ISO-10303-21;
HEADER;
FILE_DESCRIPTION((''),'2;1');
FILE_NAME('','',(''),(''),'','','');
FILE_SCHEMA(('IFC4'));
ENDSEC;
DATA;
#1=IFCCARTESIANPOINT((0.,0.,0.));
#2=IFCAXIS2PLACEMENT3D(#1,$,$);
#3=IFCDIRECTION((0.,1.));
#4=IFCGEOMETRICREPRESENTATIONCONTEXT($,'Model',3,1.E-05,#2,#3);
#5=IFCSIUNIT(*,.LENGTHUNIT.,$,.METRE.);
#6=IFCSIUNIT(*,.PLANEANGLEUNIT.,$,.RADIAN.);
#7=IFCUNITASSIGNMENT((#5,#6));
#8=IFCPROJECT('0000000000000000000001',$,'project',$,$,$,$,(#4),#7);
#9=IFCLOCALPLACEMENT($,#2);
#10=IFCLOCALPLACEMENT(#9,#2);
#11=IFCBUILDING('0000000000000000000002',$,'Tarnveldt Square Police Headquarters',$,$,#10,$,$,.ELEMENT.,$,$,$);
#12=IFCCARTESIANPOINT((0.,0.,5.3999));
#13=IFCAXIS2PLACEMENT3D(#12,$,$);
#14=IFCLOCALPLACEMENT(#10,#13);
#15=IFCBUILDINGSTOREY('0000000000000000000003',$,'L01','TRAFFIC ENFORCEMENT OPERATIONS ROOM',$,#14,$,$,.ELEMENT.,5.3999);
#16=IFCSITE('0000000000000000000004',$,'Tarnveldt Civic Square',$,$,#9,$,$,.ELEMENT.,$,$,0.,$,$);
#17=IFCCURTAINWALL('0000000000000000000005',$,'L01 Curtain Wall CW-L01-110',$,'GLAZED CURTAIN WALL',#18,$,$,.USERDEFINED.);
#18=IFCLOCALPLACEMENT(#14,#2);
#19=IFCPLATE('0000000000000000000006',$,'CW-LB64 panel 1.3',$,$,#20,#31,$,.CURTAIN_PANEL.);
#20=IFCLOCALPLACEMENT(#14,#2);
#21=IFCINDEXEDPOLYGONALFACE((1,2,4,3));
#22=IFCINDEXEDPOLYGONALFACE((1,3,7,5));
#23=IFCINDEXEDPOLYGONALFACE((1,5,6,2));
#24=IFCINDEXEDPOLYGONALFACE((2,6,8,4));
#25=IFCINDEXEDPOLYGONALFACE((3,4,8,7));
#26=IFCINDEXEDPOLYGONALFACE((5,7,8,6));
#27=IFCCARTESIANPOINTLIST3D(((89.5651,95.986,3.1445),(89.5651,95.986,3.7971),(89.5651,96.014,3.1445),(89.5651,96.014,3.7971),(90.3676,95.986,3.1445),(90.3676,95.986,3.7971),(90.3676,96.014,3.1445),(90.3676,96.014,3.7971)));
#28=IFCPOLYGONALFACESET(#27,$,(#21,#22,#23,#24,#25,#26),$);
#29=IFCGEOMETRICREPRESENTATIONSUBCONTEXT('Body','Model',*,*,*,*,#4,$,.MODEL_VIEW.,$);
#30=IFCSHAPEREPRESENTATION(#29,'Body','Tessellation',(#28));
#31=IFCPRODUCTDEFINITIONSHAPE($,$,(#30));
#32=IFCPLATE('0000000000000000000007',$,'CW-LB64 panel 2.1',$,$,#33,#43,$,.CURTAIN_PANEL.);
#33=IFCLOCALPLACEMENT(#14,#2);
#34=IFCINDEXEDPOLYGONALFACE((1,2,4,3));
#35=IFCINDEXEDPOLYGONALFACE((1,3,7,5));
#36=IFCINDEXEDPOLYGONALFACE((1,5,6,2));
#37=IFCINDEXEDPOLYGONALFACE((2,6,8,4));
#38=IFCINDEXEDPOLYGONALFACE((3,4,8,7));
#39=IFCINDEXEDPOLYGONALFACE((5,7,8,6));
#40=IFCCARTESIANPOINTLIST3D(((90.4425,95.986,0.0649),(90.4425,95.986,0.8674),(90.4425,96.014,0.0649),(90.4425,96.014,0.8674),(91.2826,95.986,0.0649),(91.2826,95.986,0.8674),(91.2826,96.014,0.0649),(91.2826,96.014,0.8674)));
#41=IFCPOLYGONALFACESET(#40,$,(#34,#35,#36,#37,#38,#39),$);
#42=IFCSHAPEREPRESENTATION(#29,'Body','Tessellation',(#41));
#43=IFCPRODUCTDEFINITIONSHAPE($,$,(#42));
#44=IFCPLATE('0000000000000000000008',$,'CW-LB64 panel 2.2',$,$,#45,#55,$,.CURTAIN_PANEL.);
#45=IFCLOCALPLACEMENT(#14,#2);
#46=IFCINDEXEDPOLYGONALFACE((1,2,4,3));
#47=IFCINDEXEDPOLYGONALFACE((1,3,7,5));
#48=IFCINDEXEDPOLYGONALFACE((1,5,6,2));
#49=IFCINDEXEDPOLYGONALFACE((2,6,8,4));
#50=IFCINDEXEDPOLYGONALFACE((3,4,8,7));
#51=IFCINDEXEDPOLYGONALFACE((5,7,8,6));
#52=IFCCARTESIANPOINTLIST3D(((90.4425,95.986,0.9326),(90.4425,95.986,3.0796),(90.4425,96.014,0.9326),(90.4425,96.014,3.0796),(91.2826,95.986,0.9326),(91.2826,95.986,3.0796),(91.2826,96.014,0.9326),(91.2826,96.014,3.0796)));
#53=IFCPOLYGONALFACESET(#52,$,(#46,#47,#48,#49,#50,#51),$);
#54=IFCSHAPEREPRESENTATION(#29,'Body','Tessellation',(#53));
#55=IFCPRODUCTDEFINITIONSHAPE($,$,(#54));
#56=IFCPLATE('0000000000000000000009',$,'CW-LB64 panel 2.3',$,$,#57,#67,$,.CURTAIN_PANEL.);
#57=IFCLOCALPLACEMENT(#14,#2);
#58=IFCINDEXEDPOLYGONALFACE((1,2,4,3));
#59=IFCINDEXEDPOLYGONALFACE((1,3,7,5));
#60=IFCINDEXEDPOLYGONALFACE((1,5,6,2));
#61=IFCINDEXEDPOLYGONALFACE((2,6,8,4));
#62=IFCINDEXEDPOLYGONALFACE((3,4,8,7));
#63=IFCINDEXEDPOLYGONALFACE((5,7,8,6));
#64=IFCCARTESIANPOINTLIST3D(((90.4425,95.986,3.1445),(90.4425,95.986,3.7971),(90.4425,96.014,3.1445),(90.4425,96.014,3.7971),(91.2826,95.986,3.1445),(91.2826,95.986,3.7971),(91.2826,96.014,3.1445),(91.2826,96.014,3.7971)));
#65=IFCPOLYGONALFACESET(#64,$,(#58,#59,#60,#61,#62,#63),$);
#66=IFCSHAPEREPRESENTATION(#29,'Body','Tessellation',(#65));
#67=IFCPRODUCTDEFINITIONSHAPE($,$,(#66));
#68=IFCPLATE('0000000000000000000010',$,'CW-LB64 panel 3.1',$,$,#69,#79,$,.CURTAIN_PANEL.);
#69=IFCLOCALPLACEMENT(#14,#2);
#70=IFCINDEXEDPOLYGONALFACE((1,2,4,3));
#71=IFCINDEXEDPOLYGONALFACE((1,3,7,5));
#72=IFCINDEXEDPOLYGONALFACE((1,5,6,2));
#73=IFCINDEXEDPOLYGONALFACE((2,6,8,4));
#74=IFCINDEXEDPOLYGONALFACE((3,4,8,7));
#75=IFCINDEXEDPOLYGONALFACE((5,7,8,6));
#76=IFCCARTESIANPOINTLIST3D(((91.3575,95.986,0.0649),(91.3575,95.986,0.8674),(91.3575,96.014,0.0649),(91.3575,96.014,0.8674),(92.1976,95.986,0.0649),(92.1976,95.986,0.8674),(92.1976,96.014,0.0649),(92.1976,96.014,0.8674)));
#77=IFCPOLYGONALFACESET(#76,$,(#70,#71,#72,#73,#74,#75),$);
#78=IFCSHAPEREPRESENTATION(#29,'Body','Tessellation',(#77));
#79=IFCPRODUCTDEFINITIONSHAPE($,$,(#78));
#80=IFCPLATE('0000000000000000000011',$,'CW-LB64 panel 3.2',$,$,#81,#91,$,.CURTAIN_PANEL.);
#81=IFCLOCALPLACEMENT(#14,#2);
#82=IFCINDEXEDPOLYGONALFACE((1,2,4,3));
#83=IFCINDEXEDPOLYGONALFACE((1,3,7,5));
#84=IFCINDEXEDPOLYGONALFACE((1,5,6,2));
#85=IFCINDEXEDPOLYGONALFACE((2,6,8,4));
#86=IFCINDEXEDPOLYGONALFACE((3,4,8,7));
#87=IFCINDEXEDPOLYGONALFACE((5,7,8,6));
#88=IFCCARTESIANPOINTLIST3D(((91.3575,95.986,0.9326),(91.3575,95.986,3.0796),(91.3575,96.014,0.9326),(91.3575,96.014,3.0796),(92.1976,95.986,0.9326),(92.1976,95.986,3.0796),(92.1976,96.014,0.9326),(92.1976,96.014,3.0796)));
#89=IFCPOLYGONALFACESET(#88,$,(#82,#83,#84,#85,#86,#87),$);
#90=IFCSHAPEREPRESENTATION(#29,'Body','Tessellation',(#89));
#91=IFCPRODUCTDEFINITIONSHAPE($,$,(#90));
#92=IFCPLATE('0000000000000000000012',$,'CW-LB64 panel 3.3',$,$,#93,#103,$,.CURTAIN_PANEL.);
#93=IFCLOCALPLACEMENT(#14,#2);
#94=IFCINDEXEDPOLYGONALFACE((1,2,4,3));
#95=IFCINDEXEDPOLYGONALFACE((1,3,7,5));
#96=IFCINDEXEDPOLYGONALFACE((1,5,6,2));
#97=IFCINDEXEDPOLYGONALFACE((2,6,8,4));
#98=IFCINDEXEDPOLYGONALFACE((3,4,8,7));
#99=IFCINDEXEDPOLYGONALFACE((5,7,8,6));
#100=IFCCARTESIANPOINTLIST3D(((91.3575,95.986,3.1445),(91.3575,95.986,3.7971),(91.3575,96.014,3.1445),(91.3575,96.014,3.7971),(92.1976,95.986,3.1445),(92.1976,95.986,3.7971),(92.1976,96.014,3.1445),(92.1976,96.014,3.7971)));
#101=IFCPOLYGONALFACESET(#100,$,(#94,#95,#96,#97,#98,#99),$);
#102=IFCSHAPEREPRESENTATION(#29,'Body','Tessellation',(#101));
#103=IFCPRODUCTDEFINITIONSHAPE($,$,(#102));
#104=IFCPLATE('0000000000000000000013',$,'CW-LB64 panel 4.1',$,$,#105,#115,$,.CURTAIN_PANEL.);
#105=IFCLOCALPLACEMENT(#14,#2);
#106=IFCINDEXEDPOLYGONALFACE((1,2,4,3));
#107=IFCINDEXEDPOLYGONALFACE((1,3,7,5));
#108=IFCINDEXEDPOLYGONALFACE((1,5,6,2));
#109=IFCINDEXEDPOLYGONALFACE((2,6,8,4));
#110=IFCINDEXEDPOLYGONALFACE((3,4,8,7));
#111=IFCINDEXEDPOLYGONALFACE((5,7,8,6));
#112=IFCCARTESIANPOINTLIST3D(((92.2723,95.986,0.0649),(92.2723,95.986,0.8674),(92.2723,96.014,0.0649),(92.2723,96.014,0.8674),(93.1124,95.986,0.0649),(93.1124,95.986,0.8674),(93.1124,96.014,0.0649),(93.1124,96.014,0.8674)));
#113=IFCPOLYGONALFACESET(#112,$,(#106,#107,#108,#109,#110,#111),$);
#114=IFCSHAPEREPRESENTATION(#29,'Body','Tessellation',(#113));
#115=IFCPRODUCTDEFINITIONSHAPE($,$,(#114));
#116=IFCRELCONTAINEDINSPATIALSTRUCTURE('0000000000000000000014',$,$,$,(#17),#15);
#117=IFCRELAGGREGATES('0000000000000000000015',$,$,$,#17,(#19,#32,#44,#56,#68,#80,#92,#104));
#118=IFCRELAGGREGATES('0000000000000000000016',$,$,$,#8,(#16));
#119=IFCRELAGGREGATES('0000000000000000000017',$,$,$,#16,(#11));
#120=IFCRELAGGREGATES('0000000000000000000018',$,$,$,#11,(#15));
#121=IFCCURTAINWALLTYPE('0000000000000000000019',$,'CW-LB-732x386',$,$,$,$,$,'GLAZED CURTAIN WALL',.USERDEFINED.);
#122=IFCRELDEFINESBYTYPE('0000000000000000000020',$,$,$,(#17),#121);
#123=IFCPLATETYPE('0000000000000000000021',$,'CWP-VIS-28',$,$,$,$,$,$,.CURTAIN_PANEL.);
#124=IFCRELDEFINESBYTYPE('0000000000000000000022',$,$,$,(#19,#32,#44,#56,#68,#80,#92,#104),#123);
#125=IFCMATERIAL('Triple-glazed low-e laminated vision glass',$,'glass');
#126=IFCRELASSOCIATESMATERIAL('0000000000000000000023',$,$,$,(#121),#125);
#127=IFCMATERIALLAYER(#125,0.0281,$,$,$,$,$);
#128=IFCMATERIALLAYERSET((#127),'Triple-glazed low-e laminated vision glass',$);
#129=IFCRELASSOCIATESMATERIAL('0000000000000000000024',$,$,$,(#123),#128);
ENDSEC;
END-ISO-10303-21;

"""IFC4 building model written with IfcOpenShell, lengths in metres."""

from ifc_helpers import new_model, si_unit, direction, frame, origin, origin_2d, place, context, subcontext, project, spatial, rectangle, extrude, material, layer, layer_set, type_object, element, aggregate, save


model = new_model("IFC4")

# Units and contexts
model_context = context("Model", 3, precision=1e-05, world=origin(), true_north=direction((0.0, 1.0)))
body_context = subcontext(model_context, "Body", "Model", "MODEL_VIEW")
ifc_project = project(units=[si_unit("LENGTHUNIT", "METRE"), si_unit("PLANEANGLEUNIT", "RADIAN")], contexts=[model_context])

# Site, building, storey
site_placement = place(None, origin())
site = spatial("IfcSite", under=ifc_project, at=site_placement, Name="Tarnveldt Civic Square", CompositionType="ELEMENT", RefElevation=0.0)
building_placement = place(site_placement, origin())
building = spatial("IfcBuilding", under=site, at=building_placement, Name="Tarnveldt Square Police Headquarters", CompositionType="ELEMENT")
storey_placement = place(building_placement, frame((0.0, 0.0, 5.3999)))
storey = spatial("IfcBuildingStorey", under=building, at=storey_placement, Name="L01", Description="TRAFFIC ENFORCEMENT OPERATIONS ROOM", CompositionType="ELEMENT", Elevation=5.3999)

# Shared definitions
ifc_material_1 = material(Name="Triple-glazed low-e laminated vision glass", Category="glass")

# Curtain wall
curtain_wall_type_1 = type_object("IfcCurtainWallType", Name="CW-LB-732x386", ElementType="GLAZED CURTAIN WALL", PredefinedType="USERDEFINED", material=ifc_material_1)
curtain_wall_1_placement = place(storey_placement, origin())
curtain_wall_1 = element("IfcCurtainWall", 1, at=curtain_wall_1_placement, inside=storey, type_object=curtain_wall_type_1, Name="L01 Curtain Wall CW-L01-110", ObjectType="GLAZED CURTAIN WALL", PredefinedType="USERDEFINED")

# Plates
ifc_layer = layer(ifc_material_1, 0.0281)
ifc_layer_set = layer_set([ifc_layer], Name="Triple-glazed low-e laminated vision glass")
plate_type = type_object("IfcPlateType", Name="CWP-VIS-28", PredefinedType="CURTAIN_PANEL", material=ifc_layer_set)
plate_1_placement = place(storey_placement, frame((89.9663, 96.0, 3.1445), z_axis=(0.0, 0.0, 1.0), x_axis=(1.0, 0.0, 0.0)))
plate_1 = element("IfcPlate", 2, at=plate_1_placement, type_object=plate_type, Name="CW-LB64 panel 1.3", PredefinedType="CURTAIN_PANEL", context=body_context, shape_type="SweptSolid", body=[
    extrude(rectangle(XDim=0.8025, YDim=0.0281, at=origin_2d()), origin(), (0.0, 0.0, 1.0), 0.6526),
])
plate_2_placement = place(storey_placement, frame((90.8625, 96.0, 0.0649), z_axis=(0.0, 0.0, 1.0), x_axis=(1.0, 0.0, 0.0)))
plate_2 = element("IfcPlate", 3, at=plate_2_placement, type_object=plate_type, Name="CW-LB64 panel 2.1", PredefinedType="CURTAIN_PANEL", context=body_context, shape_type="SweptSolid", body=[
    extrude(rectangle(XDim=0.8401, YDim=0.0281, at=origin_2d()), origin(), (0.0, 0.0, 1.0), 0.8025),
])
plate_3_placement = place(storey_placement, frame((90.8625, 96.0, 0.9326), z_axis=(0.0, 0.0, 1.0), x_axis=(1.0, 0.0, 0.0)))
plate_3 = element("IfcPlate", 4, at=plate_3_placement, type_object=plate_type, Name="CW-LB64 panel 2.2", PredefinedType="CURTAIN_PANEL", context=body_context, shape_type="SweptSolid", body=[
    extrude(rectangle(XDim=0.8401, YDim=0.0281, at=origin_2d()), origin(), (0.0, 0.0, 1.0), 2.147),
])
plate_4_placement = place(storey_placement, frame((90.8625, 96.0, 3.1445), z_axis=(0.0, 0.0, 1.0), x_axis=(1.0, 0.0, 0.0)))
plate_4 = element("IfcPlate", 5, at=plate_4_placement, type_object=plate_type, Name="CW-LB64 panel 2.3", PredefinedType="CURTAIN_PANEL", context=body_context, shape_type="SweptSolid", body=[
    extrude(rectangle(XDim=0.8401, YDim=0.0281, at=origin_2d()), origin(), (0.0, 0.0, 1.0), 0.6526),
])
plate_5_placement = place(storey_placement, frame((91.7776, 96.0, 0.0649), z_axis=(0.0, 0.0, 1.0), x_axis=(1.0, 0.0, 0.0)))
plate_5 = element("IfcPlate", 6, at=plate_5_placement, type_object=plate_type, Name="CW-LB64 panel 3.1", PredefinedType="CURTAIN_PANEL", context=body_context, shape_type="SweptSolid", body=[
    extrude(rectangle(XDim=0.8401, YDim=0.0281, at=origin_2d()), origin(), (0.0, 0.0, 1.0), 0.8025),
])
plate_6_placement = place(storey_placement, frame((91.7776, 96.0, 0.9326), z_axis=(0.0, 0.0, 1.0), x_axis=(1.0, 0.0, 0.0)))
plate_6 = element("IfcPlate", 7, at=plate_6_placement, type_object=plate_type, Name="CW-LB64 panel 3.2", PredefinedType="CURTAIN_PANEL", context=body_context, shape_type="SweptSolid", body=[
    extrude(rectangle(XDim=0.8401, YDim=0.0281, at=origin_2d()), origin(), (0.0, 0.0, 1.0), 2.147),
])
plate_7_placement = place(storey_placement, frame((91.7776, 96.0, 3.1445), z_axis=(0.0, 0.0, 1.0), x_axis=(1.0, 0.0, 0.0)))
plate_7 = element("IfcPlate", 8, at=plate_7_placement, type_object=plate_type, Name="CW-LB64 panel 3.3", PredefinedType="CURTAIN_PANEL", context=body_context, shape_type="SweptSolid", body=[
    extrude(rectangle(XDim=0.8401, YDim=0.0281, at=origin_2d()), origin(), (0.0, 0.0, 1.0), 0.6526),
])
plate_8_placement = place(storey_placement, frame((92.6924, 96.0, 0.0649), z_axis=(0.0, 0.0, 1.0), x_axis=(1.0, 0.0, 0.0)))
plate_8 = element("IfcPlate", 9, at=plate_8_placement, type_object=plate_type, Name="CW-LB64 panel 4.1", PredefinedType="CURTAIN_PANEL", context=body_context, shape_type="SweptSolid", body=[
    extrude(rectangle(XDim=0.8401, YDim=0.0281, at=origin_2d()), origin(), (0.0, 0.0, 1.0), 0.8025),
])
aggregate(curtain_wall_1, [plate_1, plate_2, plate_3, plate_4, plate_5, plate_6, plate_7, plate_8])

save(model, "model.ifc")
